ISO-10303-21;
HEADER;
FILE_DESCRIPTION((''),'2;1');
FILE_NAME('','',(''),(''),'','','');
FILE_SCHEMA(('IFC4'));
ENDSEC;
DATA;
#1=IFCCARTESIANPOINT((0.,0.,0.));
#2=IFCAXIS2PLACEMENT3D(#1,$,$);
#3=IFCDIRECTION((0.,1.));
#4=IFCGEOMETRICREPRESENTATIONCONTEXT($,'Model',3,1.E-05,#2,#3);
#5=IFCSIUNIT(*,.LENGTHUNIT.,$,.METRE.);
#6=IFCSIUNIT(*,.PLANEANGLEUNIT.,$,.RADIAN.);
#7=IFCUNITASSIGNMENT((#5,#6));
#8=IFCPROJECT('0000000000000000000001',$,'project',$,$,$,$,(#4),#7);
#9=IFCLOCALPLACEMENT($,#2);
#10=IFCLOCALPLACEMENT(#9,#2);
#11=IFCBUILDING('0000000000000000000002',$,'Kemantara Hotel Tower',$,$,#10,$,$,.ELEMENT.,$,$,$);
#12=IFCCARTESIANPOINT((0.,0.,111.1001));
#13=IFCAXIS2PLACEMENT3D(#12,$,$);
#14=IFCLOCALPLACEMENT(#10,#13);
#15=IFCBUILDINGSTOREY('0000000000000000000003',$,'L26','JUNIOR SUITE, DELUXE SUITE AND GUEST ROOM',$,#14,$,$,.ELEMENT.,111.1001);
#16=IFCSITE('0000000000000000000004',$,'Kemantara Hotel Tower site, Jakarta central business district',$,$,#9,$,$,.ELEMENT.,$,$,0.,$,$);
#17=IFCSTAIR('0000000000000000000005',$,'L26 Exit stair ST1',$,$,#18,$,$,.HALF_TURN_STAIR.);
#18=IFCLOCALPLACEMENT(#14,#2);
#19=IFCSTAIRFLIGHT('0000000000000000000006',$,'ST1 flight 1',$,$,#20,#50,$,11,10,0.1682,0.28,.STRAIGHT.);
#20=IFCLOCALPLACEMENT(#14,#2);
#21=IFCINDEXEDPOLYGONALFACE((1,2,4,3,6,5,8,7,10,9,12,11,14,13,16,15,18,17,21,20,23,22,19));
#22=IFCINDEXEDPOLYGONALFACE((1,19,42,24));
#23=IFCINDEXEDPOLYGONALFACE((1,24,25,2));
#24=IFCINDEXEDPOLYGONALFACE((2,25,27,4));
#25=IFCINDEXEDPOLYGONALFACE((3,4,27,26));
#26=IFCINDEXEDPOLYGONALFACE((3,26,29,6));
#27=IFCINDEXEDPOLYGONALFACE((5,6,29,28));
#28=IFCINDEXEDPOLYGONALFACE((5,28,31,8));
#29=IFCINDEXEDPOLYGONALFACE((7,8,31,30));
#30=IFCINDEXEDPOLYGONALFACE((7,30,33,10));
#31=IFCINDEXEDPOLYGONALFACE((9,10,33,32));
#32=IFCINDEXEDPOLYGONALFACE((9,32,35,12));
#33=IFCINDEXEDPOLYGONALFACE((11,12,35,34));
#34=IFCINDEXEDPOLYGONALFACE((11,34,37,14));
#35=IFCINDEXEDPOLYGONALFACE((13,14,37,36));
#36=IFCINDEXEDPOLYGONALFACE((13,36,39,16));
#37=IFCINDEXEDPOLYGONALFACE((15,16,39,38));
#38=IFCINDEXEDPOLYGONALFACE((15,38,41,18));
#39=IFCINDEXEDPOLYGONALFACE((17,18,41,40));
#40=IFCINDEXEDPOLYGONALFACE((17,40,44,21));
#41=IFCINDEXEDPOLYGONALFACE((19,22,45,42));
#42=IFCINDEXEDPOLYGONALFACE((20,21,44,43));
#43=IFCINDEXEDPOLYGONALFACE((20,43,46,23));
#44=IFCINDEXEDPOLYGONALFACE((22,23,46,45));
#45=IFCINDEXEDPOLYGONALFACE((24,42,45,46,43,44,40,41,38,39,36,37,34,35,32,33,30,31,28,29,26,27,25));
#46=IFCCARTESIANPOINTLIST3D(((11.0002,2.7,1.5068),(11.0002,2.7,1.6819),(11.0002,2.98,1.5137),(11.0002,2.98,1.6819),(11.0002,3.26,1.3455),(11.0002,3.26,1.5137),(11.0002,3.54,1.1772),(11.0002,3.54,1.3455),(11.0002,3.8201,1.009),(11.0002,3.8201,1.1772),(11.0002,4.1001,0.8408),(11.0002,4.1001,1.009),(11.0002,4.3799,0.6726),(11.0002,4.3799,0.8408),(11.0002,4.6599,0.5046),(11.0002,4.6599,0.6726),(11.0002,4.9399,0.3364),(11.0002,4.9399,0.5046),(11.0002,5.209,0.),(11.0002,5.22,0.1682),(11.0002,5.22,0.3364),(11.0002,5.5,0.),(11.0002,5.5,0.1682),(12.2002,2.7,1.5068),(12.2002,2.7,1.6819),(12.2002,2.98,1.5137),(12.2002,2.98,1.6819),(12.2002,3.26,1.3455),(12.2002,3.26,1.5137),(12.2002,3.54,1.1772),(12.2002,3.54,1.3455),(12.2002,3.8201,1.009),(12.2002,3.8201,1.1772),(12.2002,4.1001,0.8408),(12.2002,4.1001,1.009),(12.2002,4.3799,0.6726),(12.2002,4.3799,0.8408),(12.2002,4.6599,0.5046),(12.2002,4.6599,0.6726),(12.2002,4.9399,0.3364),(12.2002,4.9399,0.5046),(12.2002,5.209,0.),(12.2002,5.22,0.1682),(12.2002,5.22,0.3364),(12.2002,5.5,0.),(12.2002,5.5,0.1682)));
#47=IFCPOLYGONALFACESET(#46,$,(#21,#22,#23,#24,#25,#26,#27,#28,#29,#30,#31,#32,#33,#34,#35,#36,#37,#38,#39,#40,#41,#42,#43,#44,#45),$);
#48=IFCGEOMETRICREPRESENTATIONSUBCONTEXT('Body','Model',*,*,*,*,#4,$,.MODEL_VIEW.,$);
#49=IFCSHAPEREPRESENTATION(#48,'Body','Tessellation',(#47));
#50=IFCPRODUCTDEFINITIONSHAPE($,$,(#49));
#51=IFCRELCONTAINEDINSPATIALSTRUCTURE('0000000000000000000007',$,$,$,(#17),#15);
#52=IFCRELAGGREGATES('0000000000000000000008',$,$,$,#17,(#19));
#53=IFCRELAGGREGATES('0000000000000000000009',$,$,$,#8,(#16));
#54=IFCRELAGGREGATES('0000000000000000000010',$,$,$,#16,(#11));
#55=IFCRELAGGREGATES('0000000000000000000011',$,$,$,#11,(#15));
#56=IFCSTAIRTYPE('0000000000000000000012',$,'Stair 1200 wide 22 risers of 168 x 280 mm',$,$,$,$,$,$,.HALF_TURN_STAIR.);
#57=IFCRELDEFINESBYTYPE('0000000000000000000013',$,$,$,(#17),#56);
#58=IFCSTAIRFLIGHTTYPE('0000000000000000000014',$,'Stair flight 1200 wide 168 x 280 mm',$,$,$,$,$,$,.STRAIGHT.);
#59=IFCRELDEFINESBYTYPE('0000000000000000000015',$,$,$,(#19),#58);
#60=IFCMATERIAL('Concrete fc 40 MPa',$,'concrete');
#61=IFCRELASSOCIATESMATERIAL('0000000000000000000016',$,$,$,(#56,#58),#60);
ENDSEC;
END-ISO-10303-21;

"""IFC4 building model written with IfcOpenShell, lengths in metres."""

from ifc_helpers import new_model, si_unit, direction, frame, origin, place, context, subcontext, project, spatial, polyline, outline, extrude, material, type_object, element, aggregate, save


model = new_model("IFC4")

# Units and contexts
model_context = context("Model", 3, precision=1e-05, world=origin(), true_north=direction((0.0, 1.0)))
body_context = subcontext(model_context, "Body", "Model", "MODEL_VIEW")
ifc_project = project(units=[si_unit("LENGTHUNIT", "METRE"), si_unit("PLANEANGLEUNIT", "RADIAN")], contexts=[model_context])

# Site, building, storey
site_placement = place(None, origin())
site = spatial("IfcSite", under=ifc_project, at=site_placement, Name="Kemantara Hotel Tower site, Jakarta central business district", CompositionType="ELEMENT", RefElevation=0.0)
building_placement = place(site_placement, origin())
building = spatial("IfcBuilding", under=site, at=building_placement, Name="Kemantara Hotel Tower", CompositionType="ELEMENT")
storey_placement = place(building_placement, frame((0.0, 0.0, 111.1001)))
storey = spatial("IfcBuildingStorey", under=building, at=storey_placement, Name="L26", Description="JUNIOR SUITE, DELUXE SUITE AND GUEST ROOM", CompositionType="ELEMENT", Elevation=111.1001)

# Stair, stair flight
ifc_material_1 = material(Name="Concrete fc 40 MPa", Category="concrete")
stair_type = type_object("IfcStairType", Name="Stair 1200 wide 22 risers of 168 x 280 mm", PredefinedType="HALF_TURN_STAIR", material=ifc_material_1)
stair_placement = place(storey_placement, origin())
stair = element("IfcStair", 1, at=stair_placement, inside=storey, type_object=stair_type, Name="L26 Exit stair ST1", PredefinedType="HALF_TURN_STAIR")
stair_flight_type = type_object("IfcStairFlightType", Name="Stair flight 1200 wide 168 x 280 mm", PredefinedType="STRAIGHT", material=ifc_material_1)
stair_flight_placement = place(storey_placement, frame((11.6001, 5.5, 0.0), z_axis=(0.0, 0.0, 1.0), x_axis=(0.0, -1.0, 0.0)))
stair_flight = element("IfcStairFlight", 2, at=stair_flight_placement, type_object=stair_flight_type, Name="ST1 flight 1", NumberOfRisers=11, NumberOfTreads=10, PredefinedType="STRAIGHT", RiserHeight=0.1682, TreadLength=0.28, context=body_context, shape_type="SweptSolid", body=[
    extrude(outline(polyline([(0.0, 0.0), (0.0, 0.1682), (0.28, 0.1682), (0.28, 0.3364), (0.5601, 0.3364), (0.5601, 0.5046), (0.8401, 0.5046), (0.8401, 0.6726), (1.1201, 0.6726), (1.1201, 0.8408), (1.3999, 0.8408), (1.3999, 1.009), (1.6799, 1.009), (1.6799, 1.1772), (1.96, 1.1772), (1.96, 1.3455), (2.24, 1.3455), (2.24, 1.5137), (2.52, 1.5137), (2.52, 1.6819), (2.8, 1.6819), (2.8, 1.8501), (2.8, 1.5068), (0.291, 0.0), (0.0, 0.0)])), frame((0.0, 0.6001, 0.0), z_axis=(0.0, -1.0, 0.0), x_axis=(1.0, 0.0, 0.0)), (0.0, 0.0, 1.0), 1.2),
])
aggregate(stair, [stair_flight])

save(model, "model.ifc")
